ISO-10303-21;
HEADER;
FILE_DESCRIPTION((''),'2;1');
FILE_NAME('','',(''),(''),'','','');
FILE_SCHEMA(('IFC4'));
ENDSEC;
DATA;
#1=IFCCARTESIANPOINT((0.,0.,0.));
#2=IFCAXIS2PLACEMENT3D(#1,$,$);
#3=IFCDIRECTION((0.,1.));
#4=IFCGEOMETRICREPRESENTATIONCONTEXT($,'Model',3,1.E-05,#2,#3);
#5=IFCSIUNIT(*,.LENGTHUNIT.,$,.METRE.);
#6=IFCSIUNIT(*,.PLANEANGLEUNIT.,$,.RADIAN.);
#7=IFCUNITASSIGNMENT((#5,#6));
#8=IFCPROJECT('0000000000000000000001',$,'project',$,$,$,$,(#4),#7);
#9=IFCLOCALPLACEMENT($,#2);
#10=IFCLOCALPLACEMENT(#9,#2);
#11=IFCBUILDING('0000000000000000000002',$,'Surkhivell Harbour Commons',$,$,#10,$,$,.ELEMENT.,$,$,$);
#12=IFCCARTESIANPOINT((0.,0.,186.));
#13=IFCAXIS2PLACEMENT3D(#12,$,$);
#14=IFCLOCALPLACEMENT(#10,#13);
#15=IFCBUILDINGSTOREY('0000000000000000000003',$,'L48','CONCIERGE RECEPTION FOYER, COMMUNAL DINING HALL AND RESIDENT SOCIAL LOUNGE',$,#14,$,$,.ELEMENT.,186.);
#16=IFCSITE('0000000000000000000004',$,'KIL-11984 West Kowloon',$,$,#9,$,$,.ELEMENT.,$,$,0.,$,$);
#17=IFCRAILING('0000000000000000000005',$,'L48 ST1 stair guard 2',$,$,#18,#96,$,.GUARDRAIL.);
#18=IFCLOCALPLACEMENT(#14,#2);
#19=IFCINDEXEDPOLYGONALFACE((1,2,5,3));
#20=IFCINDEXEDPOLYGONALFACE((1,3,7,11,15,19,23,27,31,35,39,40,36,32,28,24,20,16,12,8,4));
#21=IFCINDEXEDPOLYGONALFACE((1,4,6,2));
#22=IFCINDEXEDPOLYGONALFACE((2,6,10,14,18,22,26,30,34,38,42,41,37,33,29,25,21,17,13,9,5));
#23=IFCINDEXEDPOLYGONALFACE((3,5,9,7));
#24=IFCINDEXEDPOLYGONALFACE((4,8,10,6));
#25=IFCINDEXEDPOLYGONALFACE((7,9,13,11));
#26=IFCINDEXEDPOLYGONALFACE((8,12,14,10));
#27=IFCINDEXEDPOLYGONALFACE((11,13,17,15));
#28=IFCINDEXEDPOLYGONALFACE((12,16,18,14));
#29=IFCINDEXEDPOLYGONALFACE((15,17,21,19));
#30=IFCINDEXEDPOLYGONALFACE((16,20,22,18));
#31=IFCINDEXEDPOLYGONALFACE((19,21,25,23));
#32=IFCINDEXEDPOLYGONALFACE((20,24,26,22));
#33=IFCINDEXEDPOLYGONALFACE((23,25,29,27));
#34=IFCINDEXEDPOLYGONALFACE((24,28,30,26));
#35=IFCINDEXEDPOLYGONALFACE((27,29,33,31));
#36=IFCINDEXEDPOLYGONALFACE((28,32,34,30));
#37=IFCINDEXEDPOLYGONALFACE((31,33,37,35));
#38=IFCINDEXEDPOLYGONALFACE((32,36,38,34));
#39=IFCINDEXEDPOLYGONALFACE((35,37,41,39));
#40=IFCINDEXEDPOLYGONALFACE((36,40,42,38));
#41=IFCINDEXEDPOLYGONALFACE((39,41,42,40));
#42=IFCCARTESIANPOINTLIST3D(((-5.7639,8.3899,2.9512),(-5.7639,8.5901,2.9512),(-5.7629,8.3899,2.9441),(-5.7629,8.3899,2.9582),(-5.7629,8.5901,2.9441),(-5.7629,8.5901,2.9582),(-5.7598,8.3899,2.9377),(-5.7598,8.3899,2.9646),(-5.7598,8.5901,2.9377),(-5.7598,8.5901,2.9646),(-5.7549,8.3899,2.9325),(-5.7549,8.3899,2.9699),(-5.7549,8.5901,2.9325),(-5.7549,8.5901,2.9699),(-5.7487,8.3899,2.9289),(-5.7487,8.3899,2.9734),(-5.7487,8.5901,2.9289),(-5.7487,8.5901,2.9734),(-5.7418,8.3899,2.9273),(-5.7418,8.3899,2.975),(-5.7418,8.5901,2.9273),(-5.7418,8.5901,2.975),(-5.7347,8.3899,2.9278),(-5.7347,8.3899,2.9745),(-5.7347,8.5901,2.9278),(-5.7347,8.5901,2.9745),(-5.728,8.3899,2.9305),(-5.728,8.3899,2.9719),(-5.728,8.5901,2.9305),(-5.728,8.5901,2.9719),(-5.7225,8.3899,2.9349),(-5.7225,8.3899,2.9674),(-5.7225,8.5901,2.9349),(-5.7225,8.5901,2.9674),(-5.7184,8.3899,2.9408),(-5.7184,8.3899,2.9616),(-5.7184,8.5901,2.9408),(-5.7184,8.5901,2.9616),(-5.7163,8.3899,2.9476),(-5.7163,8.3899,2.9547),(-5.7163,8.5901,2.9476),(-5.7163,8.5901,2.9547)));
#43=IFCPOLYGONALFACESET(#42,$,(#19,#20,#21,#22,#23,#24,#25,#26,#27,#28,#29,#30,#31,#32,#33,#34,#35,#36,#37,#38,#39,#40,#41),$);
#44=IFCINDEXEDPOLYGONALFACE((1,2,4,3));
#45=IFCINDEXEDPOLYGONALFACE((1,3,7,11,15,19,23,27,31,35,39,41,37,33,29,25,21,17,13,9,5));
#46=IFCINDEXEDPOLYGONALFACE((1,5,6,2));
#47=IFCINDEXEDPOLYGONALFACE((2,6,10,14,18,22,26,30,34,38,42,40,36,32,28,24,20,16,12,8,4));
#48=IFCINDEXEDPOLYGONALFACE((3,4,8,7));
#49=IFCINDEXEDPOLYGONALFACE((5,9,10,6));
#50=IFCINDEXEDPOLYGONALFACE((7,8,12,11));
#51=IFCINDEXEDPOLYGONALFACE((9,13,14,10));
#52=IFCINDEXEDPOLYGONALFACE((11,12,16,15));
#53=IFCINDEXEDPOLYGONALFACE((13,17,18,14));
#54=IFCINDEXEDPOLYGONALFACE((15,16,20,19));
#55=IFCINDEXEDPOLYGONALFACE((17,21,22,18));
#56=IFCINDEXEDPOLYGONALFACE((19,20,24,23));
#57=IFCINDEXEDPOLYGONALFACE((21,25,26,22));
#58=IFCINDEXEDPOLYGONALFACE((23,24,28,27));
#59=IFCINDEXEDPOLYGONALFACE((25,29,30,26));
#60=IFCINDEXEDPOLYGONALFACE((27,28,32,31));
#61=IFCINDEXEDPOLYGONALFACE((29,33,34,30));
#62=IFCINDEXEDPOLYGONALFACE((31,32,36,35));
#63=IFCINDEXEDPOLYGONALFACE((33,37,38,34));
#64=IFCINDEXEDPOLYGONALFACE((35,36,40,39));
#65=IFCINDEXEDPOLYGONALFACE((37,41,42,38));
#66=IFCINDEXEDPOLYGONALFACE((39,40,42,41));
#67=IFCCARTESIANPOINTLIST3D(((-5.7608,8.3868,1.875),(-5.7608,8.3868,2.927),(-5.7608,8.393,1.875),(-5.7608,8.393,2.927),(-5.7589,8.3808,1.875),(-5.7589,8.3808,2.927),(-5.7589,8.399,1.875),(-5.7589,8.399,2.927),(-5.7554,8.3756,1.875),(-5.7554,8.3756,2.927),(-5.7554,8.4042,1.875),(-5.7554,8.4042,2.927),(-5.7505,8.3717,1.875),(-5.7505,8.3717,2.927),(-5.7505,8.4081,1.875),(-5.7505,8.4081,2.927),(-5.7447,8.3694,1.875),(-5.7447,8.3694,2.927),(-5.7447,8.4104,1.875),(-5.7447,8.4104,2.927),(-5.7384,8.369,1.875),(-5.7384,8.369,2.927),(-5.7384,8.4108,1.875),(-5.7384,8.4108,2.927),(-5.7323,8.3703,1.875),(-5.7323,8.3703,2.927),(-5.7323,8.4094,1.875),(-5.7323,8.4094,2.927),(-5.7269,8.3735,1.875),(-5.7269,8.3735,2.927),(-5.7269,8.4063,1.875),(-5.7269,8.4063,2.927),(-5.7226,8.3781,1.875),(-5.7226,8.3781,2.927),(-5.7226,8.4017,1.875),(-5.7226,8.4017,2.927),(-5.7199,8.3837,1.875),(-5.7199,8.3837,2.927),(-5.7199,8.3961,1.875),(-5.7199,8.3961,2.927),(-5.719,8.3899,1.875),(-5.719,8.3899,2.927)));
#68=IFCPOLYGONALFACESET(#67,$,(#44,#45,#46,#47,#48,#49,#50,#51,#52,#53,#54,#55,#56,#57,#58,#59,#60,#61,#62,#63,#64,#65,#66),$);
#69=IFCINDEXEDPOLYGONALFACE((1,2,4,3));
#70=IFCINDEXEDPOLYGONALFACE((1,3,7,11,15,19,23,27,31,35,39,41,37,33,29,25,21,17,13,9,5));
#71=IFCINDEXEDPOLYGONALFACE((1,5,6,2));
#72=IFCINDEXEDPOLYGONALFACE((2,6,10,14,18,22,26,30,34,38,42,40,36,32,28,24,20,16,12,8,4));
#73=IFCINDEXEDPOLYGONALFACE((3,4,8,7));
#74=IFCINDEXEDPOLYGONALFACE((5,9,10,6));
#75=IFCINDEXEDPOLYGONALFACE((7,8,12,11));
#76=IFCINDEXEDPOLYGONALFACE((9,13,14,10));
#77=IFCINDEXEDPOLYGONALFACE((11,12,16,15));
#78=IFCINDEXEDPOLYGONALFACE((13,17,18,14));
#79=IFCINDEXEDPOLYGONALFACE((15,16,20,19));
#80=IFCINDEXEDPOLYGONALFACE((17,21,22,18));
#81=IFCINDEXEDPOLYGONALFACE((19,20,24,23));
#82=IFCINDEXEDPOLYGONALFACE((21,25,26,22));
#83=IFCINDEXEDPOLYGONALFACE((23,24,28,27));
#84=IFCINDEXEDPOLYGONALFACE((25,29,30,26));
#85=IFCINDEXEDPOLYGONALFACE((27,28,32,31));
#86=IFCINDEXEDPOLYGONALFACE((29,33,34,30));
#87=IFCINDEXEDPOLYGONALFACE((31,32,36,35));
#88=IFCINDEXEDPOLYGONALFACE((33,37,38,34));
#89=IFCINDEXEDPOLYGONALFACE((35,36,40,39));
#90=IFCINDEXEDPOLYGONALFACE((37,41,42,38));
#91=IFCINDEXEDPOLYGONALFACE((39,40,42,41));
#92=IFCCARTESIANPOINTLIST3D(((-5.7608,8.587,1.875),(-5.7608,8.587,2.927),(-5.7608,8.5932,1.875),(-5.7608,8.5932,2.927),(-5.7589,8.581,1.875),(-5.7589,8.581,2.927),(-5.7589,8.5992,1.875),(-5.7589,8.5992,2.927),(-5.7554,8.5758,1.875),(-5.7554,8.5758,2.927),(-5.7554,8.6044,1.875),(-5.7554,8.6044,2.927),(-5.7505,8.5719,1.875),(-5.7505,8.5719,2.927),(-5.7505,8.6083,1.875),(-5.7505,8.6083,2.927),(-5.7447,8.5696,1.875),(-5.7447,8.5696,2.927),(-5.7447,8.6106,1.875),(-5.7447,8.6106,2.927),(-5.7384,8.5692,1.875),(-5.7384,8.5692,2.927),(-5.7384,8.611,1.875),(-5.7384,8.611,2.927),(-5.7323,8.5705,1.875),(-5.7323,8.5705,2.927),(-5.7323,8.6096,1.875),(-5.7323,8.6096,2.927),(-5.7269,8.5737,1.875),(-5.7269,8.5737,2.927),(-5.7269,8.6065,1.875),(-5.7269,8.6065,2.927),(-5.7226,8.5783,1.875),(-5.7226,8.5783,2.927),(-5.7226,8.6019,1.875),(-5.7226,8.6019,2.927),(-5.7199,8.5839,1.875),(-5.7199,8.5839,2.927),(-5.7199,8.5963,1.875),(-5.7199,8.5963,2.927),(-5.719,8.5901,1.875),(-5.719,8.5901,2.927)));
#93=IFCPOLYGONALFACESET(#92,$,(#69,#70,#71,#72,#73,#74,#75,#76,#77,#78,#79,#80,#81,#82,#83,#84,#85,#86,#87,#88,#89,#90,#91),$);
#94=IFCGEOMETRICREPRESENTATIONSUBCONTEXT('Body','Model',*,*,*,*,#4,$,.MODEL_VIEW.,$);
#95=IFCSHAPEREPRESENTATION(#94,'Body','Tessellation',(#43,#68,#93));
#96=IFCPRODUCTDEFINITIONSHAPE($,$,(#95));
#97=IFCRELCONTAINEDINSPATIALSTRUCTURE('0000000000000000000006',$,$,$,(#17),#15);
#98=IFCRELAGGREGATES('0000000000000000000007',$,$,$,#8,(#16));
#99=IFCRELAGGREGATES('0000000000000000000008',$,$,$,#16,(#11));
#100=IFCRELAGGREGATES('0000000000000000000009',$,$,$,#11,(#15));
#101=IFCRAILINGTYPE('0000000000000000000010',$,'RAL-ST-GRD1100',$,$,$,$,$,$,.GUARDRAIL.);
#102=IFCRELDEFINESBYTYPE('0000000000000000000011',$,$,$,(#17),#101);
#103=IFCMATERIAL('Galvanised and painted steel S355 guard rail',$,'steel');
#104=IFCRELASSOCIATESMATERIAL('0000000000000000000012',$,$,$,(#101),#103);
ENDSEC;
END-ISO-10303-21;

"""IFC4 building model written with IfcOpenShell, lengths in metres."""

from ifc_helpers import new_model, si_unit, direction, frame, origin, origin_2d, place, context, subcontext, project, spatial, circle, extrude, material, type_object, element, save


model = new_model("IFC4")

# Units and contexts
model_context = context("Model", 3, precision=1e-05, world=origin(), true_north=direction((0.0, 1.0)))
body_context = subcontext(model_context, "Body", "Model", "MODEL_VIEW")
ifc_project = project(units=[si_unit("LENGTHUNIT", "METRE"), si_unit("PLANEANGLEUNIT", "RADIAN")], contexts=[model_context])

# Site, building, storey
site_placement = place(None, origin())
site = spatial("IfcSite", under=ifc_project, at=site_placement, Name="KIL-11984 West Kowloon", CompositionType="ELEMENT", RefElevation=0.0)
building_placement = place(site_placement, origin())
building = spatial("IfcBuilding", under=site, at=building_placement, Name="Surkhivell Harbour Commons", CompositionType="ELEMENT")
storey_placement = place(building_placement, frame((0.0, 0.0, 186.0)))
storey = spatial("IfcBuildingStorey", under=building, at=storey_placement, Name="L48", Description="CONCIERGE RECEPTION FOYER, COMMUNAL DINING HALL AND RESIDENT SOCIAL LOUNGE", CompositionType="ELEMENT", Elevation=186.0)

# Railing
ifc_material_1 = material(Name="Galvanised and painted steel S355 guard rail", Category="steel")
railing_type_1 = type_object("IfcRailingType", Name="RAL-ST-GRD1100", PredefinedType="GUARDRAIL", material=ifc_material_1)
railing_1_placement = place(storey_placement, frame((-5.74, 8.3899, 1.875)))
element("IfcRailing", 1, at=railing_1_placement, inside=storey, type_object=railing_type_1, Name="L48 ST1 stair guard 2", PredefinedType="GUARDRAIL", context=body_context, shape_type="SweptSolid", body=[
    extrude(circle(Radius=0.0239, at=origin_2d()), frame((0.0, 0.0, 1.0762), z_axis=(0.0, 1.0, 0.0), x_axis=(-1.0, 0.0, 0.0)), (0.0, 0.0, 1.0), 0.2002),
    extrude(circle(Radius=0.021, at=origin_2d()), origin(), (0.0, 0.0, 1.0), 1.052),
    extrude(circle(Radius=0.021, at=origin_2d()), frame((0.0, 0.2002, 0.0)), (0.0, 0.0, 1.0), 1.052),
])

save(model, "model.ifc")
